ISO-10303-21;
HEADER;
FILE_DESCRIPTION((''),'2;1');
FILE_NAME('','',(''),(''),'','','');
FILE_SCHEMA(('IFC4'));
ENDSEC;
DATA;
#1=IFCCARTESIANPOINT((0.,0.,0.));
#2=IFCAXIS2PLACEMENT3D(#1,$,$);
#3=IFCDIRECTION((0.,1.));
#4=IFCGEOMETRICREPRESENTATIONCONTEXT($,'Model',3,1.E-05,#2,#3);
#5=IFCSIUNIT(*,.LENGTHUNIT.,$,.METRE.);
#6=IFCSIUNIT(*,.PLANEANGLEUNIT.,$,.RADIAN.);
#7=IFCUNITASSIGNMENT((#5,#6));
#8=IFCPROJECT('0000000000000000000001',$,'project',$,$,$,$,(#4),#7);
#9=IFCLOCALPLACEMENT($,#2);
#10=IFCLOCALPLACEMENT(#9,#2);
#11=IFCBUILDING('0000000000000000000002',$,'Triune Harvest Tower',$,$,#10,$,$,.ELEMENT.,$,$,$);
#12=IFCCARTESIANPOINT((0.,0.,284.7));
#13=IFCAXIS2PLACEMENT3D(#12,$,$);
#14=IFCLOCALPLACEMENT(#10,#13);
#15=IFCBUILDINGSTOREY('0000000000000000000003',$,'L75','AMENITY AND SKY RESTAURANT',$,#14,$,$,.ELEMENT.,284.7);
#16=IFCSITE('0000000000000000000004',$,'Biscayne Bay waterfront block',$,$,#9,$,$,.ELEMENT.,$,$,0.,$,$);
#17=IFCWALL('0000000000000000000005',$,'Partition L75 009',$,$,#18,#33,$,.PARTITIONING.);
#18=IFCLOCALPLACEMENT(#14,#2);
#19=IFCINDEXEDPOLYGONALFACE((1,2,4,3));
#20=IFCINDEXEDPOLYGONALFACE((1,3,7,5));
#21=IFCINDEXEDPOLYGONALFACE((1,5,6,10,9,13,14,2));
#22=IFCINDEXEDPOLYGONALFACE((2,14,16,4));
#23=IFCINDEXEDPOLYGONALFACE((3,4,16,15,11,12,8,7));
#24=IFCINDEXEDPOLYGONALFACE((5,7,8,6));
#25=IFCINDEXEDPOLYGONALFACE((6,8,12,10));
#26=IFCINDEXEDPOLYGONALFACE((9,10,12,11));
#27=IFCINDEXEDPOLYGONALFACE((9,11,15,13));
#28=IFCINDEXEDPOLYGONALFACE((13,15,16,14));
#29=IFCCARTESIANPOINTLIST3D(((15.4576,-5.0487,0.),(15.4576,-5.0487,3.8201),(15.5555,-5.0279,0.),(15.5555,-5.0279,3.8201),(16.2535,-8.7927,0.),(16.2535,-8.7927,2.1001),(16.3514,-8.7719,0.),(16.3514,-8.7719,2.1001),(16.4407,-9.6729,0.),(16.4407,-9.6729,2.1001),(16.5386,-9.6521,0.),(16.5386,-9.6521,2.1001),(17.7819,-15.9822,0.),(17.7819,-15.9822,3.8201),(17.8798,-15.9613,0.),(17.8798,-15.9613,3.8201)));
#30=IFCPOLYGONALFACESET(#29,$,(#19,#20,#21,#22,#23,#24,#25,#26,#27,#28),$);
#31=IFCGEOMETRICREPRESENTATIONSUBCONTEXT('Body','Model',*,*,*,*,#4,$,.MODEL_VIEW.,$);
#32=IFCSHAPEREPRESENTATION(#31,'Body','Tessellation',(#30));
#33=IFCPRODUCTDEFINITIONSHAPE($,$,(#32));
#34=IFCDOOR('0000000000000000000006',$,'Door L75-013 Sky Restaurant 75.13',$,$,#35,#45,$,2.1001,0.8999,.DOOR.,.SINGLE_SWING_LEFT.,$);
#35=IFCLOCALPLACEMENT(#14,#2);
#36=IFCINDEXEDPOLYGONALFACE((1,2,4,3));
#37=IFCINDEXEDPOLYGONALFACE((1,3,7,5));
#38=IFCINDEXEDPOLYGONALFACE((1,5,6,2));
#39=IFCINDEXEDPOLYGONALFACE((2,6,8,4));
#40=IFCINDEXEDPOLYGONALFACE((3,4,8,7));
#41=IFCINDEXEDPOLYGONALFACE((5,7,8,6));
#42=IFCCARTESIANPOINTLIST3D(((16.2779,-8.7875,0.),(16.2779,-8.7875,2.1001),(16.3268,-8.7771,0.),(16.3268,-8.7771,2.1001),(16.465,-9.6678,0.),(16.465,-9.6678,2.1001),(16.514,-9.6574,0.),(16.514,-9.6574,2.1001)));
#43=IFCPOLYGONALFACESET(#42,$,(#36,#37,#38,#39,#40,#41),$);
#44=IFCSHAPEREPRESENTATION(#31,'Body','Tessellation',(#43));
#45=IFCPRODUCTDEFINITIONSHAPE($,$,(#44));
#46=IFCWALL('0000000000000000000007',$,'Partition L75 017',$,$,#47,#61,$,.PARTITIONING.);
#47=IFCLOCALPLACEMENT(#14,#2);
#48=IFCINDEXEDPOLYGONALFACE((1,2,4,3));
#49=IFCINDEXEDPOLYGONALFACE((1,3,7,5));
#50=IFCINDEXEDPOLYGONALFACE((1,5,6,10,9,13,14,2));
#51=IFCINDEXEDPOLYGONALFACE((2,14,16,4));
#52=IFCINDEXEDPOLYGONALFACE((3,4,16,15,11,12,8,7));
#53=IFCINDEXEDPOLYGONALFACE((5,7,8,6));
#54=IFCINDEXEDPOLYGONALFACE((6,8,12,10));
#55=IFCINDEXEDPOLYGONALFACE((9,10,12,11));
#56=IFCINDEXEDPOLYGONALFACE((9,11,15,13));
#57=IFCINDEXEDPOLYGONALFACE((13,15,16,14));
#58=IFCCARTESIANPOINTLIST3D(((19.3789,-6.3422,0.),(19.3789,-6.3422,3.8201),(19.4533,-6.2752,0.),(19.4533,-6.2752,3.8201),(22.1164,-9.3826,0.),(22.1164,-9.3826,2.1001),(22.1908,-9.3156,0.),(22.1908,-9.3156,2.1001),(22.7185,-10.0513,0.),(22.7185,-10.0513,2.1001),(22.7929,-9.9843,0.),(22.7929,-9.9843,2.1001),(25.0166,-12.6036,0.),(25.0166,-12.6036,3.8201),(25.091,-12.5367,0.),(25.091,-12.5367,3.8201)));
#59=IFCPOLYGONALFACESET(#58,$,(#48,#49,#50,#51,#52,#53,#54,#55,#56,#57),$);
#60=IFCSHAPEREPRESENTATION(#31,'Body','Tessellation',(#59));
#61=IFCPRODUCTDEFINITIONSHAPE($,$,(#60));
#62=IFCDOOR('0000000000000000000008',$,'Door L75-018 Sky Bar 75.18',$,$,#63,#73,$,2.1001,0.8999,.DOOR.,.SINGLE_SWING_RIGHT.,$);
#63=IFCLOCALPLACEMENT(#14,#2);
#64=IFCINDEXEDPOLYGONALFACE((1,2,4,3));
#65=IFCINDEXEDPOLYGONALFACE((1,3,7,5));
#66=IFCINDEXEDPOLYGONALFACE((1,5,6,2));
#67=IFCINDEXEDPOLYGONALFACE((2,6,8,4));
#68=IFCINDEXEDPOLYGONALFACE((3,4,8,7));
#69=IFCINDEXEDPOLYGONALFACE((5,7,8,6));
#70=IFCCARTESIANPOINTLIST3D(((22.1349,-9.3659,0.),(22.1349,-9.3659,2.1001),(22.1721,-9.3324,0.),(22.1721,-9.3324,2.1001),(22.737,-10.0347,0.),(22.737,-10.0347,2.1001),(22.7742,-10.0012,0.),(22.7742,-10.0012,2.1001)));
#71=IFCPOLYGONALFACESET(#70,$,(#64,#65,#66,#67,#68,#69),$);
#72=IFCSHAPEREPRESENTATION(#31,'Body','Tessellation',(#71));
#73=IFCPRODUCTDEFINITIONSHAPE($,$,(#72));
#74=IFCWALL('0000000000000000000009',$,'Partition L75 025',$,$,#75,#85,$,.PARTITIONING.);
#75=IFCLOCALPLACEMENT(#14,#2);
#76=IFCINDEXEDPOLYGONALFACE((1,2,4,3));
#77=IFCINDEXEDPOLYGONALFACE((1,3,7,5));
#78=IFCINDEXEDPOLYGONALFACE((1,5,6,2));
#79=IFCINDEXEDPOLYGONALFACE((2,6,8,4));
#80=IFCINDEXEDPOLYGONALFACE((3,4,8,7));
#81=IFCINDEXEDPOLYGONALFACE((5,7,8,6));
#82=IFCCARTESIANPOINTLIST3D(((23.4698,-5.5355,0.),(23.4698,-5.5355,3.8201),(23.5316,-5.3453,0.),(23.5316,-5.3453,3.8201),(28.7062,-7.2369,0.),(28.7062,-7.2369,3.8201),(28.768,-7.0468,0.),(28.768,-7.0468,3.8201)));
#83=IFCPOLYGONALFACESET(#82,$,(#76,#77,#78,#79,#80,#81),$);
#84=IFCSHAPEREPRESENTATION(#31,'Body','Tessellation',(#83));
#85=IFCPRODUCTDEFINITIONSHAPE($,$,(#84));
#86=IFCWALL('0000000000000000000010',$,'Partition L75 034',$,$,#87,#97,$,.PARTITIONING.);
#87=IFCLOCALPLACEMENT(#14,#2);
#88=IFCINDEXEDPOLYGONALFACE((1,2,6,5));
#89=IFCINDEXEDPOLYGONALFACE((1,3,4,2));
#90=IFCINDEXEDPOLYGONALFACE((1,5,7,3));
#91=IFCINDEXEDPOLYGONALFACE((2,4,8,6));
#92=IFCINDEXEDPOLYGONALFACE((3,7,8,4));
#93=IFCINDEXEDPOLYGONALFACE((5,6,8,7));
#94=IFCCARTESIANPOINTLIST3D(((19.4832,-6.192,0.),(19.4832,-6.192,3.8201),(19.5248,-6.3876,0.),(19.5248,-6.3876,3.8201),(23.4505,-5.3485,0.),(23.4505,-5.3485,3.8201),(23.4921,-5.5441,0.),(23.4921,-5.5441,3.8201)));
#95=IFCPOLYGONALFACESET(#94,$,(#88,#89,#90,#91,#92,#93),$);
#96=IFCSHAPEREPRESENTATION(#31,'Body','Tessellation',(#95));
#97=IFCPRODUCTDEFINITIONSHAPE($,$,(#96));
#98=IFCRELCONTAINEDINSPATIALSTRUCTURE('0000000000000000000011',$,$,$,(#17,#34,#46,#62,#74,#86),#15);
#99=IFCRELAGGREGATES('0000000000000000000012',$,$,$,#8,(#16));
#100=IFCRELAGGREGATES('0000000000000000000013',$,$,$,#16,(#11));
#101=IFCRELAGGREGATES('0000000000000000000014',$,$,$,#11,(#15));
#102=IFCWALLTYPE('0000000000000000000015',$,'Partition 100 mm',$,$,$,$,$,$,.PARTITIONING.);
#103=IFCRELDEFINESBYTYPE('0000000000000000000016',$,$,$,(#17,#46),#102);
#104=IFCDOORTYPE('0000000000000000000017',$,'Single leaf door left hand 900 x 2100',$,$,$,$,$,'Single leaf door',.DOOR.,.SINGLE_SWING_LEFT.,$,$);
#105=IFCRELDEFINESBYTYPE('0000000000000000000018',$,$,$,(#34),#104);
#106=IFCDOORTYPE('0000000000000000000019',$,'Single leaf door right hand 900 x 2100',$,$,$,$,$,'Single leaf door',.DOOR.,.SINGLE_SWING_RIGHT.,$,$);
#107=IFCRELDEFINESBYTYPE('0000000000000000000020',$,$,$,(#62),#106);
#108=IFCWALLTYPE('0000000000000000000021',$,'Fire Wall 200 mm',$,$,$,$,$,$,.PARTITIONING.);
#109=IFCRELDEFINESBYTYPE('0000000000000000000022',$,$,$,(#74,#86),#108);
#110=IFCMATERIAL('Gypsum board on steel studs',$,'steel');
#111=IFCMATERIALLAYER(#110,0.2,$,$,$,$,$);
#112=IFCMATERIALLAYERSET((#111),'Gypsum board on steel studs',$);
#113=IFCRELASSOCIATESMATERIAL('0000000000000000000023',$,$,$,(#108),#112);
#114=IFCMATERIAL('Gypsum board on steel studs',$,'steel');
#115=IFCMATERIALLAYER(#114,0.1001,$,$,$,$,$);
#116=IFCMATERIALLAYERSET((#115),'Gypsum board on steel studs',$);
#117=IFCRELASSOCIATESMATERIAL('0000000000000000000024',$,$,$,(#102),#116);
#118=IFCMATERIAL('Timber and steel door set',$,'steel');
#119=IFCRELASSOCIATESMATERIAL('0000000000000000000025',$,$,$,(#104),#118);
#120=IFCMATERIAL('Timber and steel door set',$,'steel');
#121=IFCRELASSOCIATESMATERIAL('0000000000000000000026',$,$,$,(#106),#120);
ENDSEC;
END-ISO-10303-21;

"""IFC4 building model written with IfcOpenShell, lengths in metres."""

from ifc_helpers import new_model, si_unit, direction, frame, frame_2d, origin, place, context, subcontext, project, spatial, rectangle, extrude, source, transform, mapped, material, layer, layer_set, type_object, element, fill, save


model = new_model("IFC4")

# Units and contexts
model_context = context("Model", 3, precision=1e-05, world=origin(), true_north=direction((0.0, 1.0)))
body_context = subcontext(model_context, "Body", "Model", "MODEL_VIEW")
ifc_project = project(units=[si_unit("LENGTHUNIT", "METRE"), si_unit("PLANEANGLEUNIT", "RADIAN")], contexts=[model_context])

# Site, building, storey
site_placement = place(None, origin())
site = spatial("IfcSite", under=ifc_project, at=site_placement, Name="Biscayne Bay waterfront block", CompositionType="ELEMENT", RefElevation=0.0)
building_placement = place(site_placement, origin())
building = spatial("IfcBuilding", under=site, at=building_placement, Name="Triune Harvest Tower", CompositionType="ELEMENT")
storey_placement = place(building_placement, frame((0.0, 0.0, 284.7)))
storey = spatial("IfcBuildingStorey", under=building, at=storey_placement, Name="L75", Description="AMENITY AND SKY RESTAURANT", CompositionType="ELEMENT", Elevation=284.7)

# Shared definitions
ifc_material_1 = material(Name="Gypsum board on steel studs", Category="steel")
ifc_layer_1 = layer(ifc_material_1, 0.2)
ifc_layer_set_1 = layer_set([ifc_layer_1], Name="Gypsum board on steel studs")
wall_type_1 = type_object("IfcWallType", Name="Fire Wall 200 mm", PredefinedType="PARTITIONING", material=ifc_layer_set_1)

# Walls, openings, doors
ifc_material_2 = material(Name="Gypsum board on steel studs", Category="steel")
ifc_layer_2 = layer(ifc_material_2, 0.1001)
ifc_layer_set_2 = layer_set([ifc_layer_2], Name="Gypsum board on steel studs")
wall_type_2 = type_object("IfcWallType", Name="Partition 100 mm", PredefinedType="PARTITIONING", material=ifc_layer_set_2)
wall_1_placement = place(storey_placement, frame((15.5066, -5.0383, 0.0), z_axis=(0.0, 0.0, 1.0), x_axis=(0.207934, -0.978143, 0.0)))
wall_1 = element("IfcWall", 1, at=wall_1_placement, inside=storey, type_object=wall_type_2, Name="Partition L75 009", PredefinedType="PARTITIONING", context=body_context, shape_type="SweptSolid", body=[
    extrude(rectangle(XDim=11.1777, YDim=0.1001, at=frame_2d((5.5889, 0.0))), origin(), (0.0, 0.0, 1.0), 3.8201),
])
opening_1_placement = place(wall_1_placement, frame((3.8276, 0.0, 0.0)))
opening_1 = element("IfcOpeningElement", 2, at=opening_1_placement, cuts=wall_1, PredefinedType="OPENING", context=body_context, shape_type="SweptSolid", body=[
    extrude(rectangle(XDim=0.8999, YDim=2.1001, at=frame_2d((0.45, 1.05))), frame((0.0, 0.0601, 0.0), z_axis=(0.0, -1.0, 0.0), x_axis=(1.0, 0.0, 0.0)), (0.0, 0.0, 1.0), 0.1201),
])
ifc_material_3 = material(Name="Timber and steel door set", Category="steel")
door_type_1 = type_object("IfcDoorType", Name="Single leaf door left hand 900 x 2100", ElementType="Single leaf door", OperationType="SINGLE_SWING_LEFT", PredefinedType="DOOR", material=ifc_material_3)
door_1_placement = place(opening_1_placement, origin())
door_1 = element("IfcDoor", 3, at=door_1_placement, inside=storey, type_object=door_type_1, Name="Door L75-013 Sky Restaurant 75.13", OperationType="SINGLE_SWING_LEFT", OverallHeight=2.1001, OverallWidth=0.8999, PredefinedType="DOOR", context=body_context, shape_type="SweptSolid", body=[
    extrude(rectangle(XDim=0.8999, YDim=2.1001, at=frame_2d((0.45, 1.05))), frame((0.0, 0.0249, 0.0), z_axis=(0.0, -1.0, 0.0), x_axis=(1.0, 0.0, 0.0)), (0.0, 0.0, 1.0), 0.05),
])
fill(opening_1, door_1)
shared_shape_1 = source(origin(), body_context, "Body", "SweptSolid", [
    extrude(rectangle(XDim=8.4255, YDim=0.1001, at=frame_2d((4.2129, 0.0))), origin(), (0.0, 0.0, 1.0), 3.8201),
])
wall_2_placement = place(storey_placement, frame((19.416, -6.3086, 0.0), z_axis=(0.0, 0.0, 1.0), x_axis=(0.66912, -0.743154, 0.0)))
wall_2 = element("IfcWall", 4, at=wall_2_placement, inside=storey, type_object=wall_type_2, Name="Partition L75 017", PredefinedType="PARTITIONING", context=body_context, shape_type="MappedRepresentation", body=[
    mapped(shared_shape_1, transform((0.0, 0.0, 0.0), scale=1.0)),
])
opening_2_placement = place(wall_2_placement, frame((4.0913, 0.0, 0.0)))
opening_2 = element("IfcOpeningElement", 5, at=opening_2_placement, cuts=wall_2, PredefinedType="OPENING", context=body_context, shape_type="SweptSolid", body=[
    extrude(rectangle(XDim=0.8999, YDim=2.1001, at=frame_2d((0.45, 1.05))), frame((0.0, 0.0601, 0.0), z_axis=(0.0, -1.0, 0.0), x_axis=(1.0, 0.0, 0.0)), (0.0, 0.0, 1.0), 0.1201),
])
ifc_material_4 = material(Name="Timber and steel door set", Category="steel")
door_type_2 = type_object("IfcDoorType", Name="Single leaf door right hand 900 x 2100", ElementType="Single leaf door", OperationType="SINGLE_SWING_RIGHT", PredefinedType="DOOR", material=ifc_material_4)
door_2_placement = place(opening_2_placement, origin())
door_2 = element("IfcDoor", 6, at=door_2_placement, inside=storey, type_object=door_type_2, Name="Door L75-018 Sky Bar 75.18", OperationType="SINGLE_SWING_RIGHT", OverallHeight=2.1001, OverallWidth=0.8999, PredefinedType="DOOR", context=body_context, shape_type="SweptSolid", body=[
    extrude(rectangle(XDim=0.8999, YDim=2.1001, at=frame_2d((0.45, 1.05))), frame((0.0, 0.0249, 0.0), z_axis=(0.0, -1.0, 0.0), x_axis=(1.0, 0.0, 0.0)), (0.0, 0.0, 1.0), 0.05),
])
fill(opening_2, door_2)

# Walls
shared_shape_2 = source(origin(), body_context, "Body", "SweptSolid", [
    extrude(rectangle(XDim=5.5059, YDim=0.2, at=frame_2d((2.7529, 0.0))), origin(), (0.0, 0.0, 1.0), 3.8201),
])
wall_3_placement = place(storey_placement, frame((23.5007, -5.4404, 0.0), z_axis=(0.0, 0.0, 1.0), x_axis=(0.951055, -0.309022, 0.0)))
element("IfcWall", 7, at=wall_3_placement, inside=storey, type_object=wall_type_1, Name="Partition L75 025", PredefinedType="PARTITIONING", context=body_context, shape_type="MappedRepresentation", body=[
    mapped(shared_shape_2, transform((0.0, 0.0, 0.0), scale=1.0)),
])
shared_shape_3 = source(origin(), body_context, "Body", "SweptSolid", [
    extrude(rectangle(XDim=4.0559, YDim=0.2, at=frame_2d((2.0278, 0.0))), origin(), (0.0, 0.0, 1.0), 3.8201),
])
wall_4_placement = place(storey_placement, frame((19.5042, -6.2898, 0.0), z_axis=(0.0, 0.0, 1.0), x_axis=(0.978136, 0.207967, 0.0)))
element("IfcWall", 8, at=wall_4_placement, inside=storey, type_object=wall_type_1, Name="Partition L75 034", PredefinedType="PARTITIONING", context=body_context, shape_type="MappedRepresentation", body=[
    mapped(shared_shape_3, transform((0.0, 0.0, 0.0), scale=1.0)),
])

save(model, "model.ifc")
